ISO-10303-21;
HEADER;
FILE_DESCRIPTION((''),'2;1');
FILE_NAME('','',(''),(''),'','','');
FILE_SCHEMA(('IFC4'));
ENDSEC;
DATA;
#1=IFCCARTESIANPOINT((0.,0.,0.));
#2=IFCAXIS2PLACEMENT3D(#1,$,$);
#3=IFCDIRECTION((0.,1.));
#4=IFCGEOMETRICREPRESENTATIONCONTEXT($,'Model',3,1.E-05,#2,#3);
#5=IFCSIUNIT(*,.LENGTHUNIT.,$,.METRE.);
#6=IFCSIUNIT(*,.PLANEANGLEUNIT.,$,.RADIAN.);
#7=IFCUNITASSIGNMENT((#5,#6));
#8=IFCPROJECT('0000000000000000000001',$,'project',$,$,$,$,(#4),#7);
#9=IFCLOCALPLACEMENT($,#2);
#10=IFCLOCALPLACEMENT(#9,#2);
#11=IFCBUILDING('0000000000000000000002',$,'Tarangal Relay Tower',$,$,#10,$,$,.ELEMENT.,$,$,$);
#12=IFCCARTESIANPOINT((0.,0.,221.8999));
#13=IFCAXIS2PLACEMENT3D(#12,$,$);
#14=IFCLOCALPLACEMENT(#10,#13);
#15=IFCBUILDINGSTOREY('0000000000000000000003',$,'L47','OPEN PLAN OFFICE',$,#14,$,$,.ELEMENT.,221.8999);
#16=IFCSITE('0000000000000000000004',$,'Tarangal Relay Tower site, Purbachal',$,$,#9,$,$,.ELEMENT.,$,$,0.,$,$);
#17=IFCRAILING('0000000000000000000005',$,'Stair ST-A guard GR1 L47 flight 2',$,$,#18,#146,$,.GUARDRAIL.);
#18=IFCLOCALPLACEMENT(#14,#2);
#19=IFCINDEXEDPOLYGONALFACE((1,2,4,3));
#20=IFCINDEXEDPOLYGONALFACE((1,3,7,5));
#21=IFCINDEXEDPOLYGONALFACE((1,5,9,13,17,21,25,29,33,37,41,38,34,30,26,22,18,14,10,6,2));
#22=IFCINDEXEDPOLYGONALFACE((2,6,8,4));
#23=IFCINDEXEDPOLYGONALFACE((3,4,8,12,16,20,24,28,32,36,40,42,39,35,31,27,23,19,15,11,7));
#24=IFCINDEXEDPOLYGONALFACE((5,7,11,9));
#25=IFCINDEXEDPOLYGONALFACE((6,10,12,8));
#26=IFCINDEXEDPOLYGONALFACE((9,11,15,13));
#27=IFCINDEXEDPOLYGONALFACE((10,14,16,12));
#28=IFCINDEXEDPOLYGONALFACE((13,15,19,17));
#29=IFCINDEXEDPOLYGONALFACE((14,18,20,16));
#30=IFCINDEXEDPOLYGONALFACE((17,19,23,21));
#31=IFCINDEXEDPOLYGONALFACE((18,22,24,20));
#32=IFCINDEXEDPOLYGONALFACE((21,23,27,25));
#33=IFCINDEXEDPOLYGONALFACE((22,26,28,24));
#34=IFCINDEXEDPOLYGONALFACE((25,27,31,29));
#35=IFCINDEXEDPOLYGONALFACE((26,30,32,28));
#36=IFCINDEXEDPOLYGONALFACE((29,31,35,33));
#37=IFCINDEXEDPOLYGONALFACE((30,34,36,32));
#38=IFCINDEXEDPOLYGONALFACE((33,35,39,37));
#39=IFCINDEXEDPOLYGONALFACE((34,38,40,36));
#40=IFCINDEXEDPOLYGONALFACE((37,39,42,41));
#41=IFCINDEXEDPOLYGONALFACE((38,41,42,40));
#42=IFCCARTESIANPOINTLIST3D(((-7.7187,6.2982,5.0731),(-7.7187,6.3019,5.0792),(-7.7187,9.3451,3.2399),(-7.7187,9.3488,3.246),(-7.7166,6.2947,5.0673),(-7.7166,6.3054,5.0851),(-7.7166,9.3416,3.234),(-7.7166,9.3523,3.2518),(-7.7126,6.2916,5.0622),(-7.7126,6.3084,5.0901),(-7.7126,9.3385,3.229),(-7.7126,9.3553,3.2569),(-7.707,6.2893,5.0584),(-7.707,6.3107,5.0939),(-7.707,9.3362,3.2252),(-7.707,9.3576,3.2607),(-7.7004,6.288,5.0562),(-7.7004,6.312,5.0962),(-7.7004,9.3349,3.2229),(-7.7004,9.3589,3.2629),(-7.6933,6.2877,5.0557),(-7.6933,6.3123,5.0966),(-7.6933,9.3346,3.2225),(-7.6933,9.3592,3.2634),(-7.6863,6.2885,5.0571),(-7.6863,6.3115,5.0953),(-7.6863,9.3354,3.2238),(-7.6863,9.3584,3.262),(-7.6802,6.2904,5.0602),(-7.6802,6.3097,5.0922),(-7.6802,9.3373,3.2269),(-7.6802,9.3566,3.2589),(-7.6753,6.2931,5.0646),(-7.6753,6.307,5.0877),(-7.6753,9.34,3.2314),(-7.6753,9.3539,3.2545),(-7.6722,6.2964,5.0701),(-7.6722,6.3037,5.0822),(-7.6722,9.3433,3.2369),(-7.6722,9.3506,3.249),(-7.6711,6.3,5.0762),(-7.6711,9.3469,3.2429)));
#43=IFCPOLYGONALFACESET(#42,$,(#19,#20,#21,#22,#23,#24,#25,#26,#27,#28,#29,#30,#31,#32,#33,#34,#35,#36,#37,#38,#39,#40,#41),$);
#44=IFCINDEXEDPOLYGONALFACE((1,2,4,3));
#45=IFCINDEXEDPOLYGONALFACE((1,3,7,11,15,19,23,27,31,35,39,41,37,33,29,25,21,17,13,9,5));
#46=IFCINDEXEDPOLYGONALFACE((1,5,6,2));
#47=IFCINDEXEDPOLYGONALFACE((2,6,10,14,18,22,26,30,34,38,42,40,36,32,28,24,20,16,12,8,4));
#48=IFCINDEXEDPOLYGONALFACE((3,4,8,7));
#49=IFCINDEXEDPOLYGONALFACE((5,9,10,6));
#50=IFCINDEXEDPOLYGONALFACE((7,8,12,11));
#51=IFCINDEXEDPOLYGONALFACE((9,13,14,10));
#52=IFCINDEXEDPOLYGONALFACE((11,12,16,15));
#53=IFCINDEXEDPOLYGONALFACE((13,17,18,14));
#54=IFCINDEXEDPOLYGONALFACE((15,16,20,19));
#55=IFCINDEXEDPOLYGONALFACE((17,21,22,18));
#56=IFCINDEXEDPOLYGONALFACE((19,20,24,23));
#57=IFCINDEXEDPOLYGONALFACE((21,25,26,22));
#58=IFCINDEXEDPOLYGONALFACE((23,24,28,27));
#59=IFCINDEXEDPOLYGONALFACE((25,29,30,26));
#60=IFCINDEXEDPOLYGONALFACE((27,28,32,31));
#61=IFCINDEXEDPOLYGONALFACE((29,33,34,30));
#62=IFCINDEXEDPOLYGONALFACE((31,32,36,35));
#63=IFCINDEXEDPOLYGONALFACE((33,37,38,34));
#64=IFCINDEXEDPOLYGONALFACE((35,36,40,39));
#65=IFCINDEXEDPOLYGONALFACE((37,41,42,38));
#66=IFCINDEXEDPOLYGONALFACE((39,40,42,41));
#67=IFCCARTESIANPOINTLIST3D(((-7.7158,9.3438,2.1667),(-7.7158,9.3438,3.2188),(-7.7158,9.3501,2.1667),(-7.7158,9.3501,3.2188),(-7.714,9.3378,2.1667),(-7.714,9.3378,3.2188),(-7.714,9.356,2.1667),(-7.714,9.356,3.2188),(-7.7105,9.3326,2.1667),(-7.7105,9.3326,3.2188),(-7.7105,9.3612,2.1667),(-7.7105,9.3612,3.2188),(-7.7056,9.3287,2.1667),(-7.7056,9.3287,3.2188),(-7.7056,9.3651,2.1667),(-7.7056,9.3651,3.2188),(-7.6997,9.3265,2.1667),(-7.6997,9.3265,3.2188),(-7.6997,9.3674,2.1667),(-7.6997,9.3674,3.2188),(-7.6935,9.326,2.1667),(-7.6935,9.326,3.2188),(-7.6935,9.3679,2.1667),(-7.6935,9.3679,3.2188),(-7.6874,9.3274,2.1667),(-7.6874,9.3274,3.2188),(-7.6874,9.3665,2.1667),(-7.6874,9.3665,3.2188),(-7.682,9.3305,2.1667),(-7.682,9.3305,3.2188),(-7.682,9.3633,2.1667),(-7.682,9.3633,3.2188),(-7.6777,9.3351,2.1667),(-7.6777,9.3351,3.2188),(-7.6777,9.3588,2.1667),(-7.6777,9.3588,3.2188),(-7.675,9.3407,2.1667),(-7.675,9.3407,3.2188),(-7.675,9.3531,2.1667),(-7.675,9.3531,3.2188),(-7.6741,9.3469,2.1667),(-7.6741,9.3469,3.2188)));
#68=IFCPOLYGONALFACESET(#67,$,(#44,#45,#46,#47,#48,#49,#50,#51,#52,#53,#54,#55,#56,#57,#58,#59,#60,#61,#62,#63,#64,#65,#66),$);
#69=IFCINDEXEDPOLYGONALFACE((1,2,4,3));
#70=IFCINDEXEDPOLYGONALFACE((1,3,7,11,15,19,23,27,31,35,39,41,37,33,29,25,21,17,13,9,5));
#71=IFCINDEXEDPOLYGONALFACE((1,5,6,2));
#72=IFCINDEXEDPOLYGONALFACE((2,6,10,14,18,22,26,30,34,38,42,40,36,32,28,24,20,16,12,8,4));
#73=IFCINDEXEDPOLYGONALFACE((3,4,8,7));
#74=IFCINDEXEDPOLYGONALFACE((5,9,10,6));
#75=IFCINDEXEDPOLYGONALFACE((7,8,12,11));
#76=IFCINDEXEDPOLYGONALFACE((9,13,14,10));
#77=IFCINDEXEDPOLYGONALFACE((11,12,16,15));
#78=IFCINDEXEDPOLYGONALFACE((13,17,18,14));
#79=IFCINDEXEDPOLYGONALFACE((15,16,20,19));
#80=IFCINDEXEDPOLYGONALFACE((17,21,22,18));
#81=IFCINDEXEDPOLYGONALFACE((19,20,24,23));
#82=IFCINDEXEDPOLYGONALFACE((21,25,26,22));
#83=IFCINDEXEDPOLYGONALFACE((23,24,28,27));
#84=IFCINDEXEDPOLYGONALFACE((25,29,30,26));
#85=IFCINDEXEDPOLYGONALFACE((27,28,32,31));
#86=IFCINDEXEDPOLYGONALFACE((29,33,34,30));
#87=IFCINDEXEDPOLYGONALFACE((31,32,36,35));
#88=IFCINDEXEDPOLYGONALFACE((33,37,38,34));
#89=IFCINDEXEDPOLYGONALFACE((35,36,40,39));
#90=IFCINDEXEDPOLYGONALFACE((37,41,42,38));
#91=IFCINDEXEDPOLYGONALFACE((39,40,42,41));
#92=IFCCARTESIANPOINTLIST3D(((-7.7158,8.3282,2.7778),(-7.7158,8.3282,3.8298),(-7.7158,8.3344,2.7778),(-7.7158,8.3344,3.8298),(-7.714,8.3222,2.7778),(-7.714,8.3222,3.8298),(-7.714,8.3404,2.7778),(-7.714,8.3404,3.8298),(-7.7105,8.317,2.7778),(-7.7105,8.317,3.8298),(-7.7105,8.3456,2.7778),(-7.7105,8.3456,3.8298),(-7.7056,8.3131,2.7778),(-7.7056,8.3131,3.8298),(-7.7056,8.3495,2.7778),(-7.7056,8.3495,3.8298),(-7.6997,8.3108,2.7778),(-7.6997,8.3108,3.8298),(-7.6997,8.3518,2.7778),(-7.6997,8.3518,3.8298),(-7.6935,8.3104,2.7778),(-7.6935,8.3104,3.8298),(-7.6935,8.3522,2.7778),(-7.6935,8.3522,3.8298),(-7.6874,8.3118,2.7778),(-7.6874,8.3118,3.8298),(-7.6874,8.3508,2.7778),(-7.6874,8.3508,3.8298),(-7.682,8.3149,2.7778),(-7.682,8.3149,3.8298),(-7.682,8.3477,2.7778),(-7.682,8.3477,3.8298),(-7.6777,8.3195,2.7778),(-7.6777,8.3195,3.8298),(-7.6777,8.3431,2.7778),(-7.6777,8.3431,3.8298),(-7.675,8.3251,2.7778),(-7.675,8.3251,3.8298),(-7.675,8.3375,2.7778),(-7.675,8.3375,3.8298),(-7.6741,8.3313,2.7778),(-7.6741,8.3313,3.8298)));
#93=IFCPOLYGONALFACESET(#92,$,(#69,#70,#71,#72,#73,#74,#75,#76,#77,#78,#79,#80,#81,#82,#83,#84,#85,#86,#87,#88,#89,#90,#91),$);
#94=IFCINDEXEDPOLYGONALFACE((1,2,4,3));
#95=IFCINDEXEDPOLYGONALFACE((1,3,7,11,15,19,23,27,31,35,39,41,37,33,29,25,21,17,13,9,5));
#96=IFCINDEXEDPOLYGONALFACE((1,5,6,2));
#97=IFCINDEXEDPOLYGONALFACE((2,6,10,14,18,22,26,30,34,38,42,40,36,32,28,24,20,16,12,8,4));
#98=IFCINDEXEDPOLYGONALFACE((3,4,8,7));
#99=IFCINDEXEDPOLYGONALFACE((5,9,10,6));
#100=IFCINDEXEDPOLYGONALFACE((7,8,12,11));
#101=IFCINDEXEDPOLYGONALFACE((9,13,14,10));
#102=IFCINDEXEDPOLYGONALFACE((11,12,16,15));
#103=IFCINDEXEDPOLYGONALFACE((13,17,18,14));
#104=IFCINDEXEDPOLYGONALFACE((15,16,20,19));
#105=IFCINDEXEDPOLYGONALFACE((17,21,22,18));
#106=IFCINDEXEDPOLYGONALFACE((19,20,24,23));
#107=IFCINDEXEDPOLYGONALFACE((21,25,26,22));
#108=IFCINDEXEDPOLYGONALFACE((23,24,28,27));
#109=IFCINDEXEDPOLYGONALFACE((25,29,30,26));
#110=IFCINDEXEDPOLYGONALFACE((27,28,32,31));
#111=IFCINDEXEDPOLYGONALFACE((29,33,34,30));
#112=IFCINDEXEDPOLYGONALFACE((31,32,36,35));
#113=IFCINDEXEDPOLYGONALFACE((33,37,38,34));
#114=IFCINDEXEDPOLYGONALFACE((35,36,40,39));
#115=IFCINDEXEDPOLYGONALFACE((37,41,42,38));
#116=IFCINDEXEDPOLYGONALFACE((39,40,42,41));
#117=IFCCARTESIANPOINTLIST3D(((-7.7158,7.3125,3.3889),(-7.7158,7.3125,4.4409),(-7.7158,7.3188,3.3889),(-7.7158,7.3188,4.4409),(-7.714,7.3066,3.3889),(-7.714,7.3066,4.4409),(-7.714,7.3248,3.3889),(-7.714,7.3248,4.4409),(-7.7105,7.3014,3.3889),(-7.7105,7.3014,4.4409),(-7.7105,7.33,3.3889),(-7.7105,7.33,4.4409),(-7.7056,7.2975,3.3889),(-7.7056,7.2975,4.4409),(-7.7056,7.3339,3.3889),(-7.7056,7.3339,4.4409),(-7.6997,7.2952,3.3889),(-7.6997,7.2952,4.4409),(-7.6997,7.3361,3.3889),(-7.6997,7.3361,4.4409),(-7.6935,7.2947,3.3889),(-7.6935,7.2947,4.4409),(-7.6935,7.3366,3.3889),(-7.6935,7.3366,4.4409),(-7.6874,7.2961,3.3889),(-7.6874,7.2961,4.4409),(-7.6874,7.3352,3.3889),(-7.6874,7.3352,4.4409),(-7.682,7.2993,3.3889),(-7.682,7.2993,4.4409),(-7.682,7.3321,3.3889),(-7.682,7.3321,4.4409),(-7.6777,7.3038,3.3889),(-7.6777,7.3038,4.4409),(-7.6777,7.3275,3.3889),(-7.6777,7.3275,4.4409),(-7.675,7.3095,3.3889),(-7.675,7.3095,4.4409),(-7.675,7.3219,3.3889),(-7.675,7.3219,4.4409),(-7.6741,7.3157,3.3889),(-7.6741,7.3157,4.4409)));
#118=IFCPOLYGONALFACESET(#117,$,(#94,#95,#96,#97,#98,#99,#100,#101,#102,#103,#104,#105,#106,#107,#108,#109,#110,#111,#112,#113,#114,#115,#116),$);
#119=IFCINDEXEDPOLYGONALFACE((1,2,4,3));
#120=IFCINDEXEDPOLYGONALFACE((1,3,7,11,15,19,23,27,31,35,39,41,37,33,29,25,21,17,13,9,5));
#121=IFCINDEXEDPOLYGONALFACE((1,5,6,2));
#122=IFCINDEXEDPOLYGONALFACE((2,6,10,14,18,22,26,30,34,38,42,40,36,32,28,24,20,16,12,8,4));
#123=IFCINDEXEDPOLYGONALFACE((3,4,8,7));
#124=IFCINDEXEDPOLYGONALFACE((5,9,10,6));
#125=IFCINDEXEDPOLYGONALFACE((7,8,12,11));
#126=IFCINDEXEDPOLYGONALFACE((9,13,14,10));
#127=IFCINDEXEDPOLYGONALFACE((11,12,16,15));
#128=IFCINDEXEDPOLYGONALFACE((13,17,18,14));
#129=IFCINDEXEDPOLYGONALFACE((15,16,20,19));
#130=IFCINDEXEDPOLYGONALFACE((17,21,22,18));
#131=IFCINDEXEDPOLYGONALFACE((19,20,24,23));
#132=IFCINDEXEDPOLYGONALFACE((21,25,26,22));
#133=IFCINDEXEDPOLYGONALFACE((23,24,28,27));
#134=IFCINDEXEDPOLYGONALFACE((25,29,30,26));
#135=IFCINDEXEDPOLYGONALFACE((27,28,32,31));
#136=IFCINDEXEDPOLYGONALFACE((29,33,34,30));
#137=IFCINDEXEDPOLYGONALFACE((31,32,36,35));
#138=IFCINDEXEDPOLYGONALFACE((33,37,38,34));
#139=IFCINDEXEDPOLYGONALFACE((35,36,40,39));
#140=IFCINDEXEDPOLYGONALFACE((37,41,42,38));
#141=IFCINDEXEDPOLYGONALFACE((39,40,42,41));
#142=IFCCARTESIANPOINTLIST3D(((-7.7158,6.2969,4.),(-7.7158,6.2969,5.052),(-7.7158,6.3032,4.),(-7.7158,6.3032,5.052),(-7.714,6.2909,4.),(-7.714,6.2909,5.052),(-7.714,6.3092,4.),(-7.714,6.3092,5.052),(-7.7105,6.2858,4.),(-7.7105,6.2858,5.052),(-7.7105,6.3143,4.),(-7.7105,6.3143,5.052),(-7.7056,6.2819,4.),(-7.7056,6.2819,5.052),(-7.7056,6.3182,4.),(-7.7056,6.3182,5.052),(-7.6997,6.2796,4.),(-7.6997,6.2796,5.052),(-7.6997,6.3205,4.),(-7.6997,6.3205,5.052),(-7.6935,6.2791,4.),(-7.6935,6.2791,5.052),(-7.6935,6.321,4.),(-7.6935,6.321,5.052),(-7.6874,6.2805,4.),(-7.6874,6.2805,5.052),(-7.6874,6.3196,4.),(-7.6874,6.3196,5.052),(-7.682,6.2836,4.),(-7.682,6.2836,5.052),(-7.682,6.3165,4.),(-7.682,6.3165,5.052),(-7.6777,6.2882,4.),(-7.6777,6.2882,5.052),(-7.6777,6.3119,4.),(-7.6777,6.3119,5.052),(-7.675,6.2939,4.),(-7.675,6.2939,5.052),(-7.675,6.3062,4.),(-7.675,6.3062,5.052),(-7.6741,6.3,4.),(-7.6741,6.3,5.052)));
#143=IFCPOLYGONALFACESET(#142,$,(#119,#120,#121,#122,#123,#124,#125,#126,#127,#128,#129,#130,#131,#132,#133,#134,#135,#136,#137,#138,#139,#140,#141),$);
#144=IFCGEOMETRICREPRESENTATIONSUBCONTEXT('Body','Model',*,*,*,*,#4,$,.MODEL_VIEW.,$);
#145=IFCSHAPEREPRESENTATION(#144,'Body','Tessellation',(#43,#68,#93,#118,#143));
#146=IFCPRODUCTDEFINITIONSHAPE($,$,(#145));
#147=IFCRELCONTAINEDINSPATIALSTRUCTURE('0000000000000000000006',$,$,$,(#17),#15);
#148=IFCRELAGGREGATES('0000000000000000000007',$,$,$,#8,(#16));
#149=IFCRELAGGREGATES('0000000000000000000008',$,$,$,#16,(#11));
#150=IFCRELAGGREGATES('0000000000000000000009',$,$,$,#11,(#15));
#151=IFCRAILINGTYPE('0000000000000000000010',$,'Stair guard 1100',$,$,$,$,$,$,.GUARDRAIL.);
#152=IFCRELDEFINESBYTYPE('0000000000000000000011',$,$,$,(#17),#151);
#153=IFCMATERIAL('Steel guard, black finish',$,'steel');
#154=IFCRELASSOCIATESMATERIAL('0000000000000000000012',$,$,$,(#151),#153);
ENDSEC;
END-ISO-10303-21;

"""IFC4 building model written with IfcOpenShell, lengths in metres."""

from ifc_helpers import new_model, si_unit, direction, frame, origin, origin_2d, place, context, subcontext, project, spatial, circle, extrude, material, type_object, element, save


model = new_model("IFC4")

# Units and contexts
model_context = context("Model", 3, precision=1e-05, world=origin(), true_north=direction((0.0, 1.0)))
body_context = subcontext(model_context, "Body", "Model", "MODEL_VIEW")
ifc_project = project(units=[si_unit("LENGTHUNIT", "METRE"), si_unit("PLANEANGLEUNIT", "RADIAN")], contexts=[model_context])

# Site, building, storey
site_placement = place(None, origin())
site = spatial("IfcSite", under=ifc_project, at=site_placement, Name="Tarangal Relay Tower site, Purbachal", CompositionType="ELEMENT", RefElevation=0.0)
building_placement = place(site_placement, origin())
building = spatial("IfcBuilding", under=site, at=building_placement, Name="Tarangal Relay Tower", CompositionType="ELEMENT")
storey_placement = place(building_placement, frame((0.0, 0.0, 221.8999)))
storey = spatial("IfcBuildingStorey", under=building, at=storey_placement, Name="L47", Description="OPEN PLAN OFFICE", CompositionType="ELEMENT", Elevation=221.8999)

# Railing
ifc_material_1 = material(Name="Steel guard, black finish", Category="steel")
railing_type_1 = type_object("IfcRailingType", Name="Stair guard 1100", PredefinedType="GUARDRAIL", material=ifc_material_1)
railing_1_placement = place(storey_placement, frame((-7.6951, 9.3469, 2.1667)))
element("IfcRailing", 1, at=railing_1_placement, inside=storey, type_object=railing_type_1, Name="Stair ST-A guard GR1 L47 flight 2", PredefinedType="GUARDRAIL", context=body_context, shape_type="SweptSolid", body=[
    extrude(circle(Radius=0.0239, at=origin_2d()), frame((0.0, 0.0, 1.0762), z_axis=(0.0, -0.856856, 0.515556), x_axis=(1.0, 0.0, 0.0)), (0.0, 0.0, 1.0), 3.5559),
    extrude(circle(Radius=0.021, at=origin_2d()), origin(), (0.0, 0.0, 1.0), 1.052),
    extrude(circle(Radius=0.021, at=origin_2d()), frame((0.0, -1.0156, 0.6111)), (0.0, 0.0, 1.0), 1.052),
    extrude(circle(Radius=0.021, at=origin_2d()), frame((0.0, -2.0312, 1.2222)), (0.0, 0.0, 1.0), 1.052),
    extrude(circle(Radius=0.021, at=origin_2d()), frame((0.0, -3.0469, 1.8333)), (0.0, 0.0, 1.0), 1.052),
])

save(model, "model.ifc")
